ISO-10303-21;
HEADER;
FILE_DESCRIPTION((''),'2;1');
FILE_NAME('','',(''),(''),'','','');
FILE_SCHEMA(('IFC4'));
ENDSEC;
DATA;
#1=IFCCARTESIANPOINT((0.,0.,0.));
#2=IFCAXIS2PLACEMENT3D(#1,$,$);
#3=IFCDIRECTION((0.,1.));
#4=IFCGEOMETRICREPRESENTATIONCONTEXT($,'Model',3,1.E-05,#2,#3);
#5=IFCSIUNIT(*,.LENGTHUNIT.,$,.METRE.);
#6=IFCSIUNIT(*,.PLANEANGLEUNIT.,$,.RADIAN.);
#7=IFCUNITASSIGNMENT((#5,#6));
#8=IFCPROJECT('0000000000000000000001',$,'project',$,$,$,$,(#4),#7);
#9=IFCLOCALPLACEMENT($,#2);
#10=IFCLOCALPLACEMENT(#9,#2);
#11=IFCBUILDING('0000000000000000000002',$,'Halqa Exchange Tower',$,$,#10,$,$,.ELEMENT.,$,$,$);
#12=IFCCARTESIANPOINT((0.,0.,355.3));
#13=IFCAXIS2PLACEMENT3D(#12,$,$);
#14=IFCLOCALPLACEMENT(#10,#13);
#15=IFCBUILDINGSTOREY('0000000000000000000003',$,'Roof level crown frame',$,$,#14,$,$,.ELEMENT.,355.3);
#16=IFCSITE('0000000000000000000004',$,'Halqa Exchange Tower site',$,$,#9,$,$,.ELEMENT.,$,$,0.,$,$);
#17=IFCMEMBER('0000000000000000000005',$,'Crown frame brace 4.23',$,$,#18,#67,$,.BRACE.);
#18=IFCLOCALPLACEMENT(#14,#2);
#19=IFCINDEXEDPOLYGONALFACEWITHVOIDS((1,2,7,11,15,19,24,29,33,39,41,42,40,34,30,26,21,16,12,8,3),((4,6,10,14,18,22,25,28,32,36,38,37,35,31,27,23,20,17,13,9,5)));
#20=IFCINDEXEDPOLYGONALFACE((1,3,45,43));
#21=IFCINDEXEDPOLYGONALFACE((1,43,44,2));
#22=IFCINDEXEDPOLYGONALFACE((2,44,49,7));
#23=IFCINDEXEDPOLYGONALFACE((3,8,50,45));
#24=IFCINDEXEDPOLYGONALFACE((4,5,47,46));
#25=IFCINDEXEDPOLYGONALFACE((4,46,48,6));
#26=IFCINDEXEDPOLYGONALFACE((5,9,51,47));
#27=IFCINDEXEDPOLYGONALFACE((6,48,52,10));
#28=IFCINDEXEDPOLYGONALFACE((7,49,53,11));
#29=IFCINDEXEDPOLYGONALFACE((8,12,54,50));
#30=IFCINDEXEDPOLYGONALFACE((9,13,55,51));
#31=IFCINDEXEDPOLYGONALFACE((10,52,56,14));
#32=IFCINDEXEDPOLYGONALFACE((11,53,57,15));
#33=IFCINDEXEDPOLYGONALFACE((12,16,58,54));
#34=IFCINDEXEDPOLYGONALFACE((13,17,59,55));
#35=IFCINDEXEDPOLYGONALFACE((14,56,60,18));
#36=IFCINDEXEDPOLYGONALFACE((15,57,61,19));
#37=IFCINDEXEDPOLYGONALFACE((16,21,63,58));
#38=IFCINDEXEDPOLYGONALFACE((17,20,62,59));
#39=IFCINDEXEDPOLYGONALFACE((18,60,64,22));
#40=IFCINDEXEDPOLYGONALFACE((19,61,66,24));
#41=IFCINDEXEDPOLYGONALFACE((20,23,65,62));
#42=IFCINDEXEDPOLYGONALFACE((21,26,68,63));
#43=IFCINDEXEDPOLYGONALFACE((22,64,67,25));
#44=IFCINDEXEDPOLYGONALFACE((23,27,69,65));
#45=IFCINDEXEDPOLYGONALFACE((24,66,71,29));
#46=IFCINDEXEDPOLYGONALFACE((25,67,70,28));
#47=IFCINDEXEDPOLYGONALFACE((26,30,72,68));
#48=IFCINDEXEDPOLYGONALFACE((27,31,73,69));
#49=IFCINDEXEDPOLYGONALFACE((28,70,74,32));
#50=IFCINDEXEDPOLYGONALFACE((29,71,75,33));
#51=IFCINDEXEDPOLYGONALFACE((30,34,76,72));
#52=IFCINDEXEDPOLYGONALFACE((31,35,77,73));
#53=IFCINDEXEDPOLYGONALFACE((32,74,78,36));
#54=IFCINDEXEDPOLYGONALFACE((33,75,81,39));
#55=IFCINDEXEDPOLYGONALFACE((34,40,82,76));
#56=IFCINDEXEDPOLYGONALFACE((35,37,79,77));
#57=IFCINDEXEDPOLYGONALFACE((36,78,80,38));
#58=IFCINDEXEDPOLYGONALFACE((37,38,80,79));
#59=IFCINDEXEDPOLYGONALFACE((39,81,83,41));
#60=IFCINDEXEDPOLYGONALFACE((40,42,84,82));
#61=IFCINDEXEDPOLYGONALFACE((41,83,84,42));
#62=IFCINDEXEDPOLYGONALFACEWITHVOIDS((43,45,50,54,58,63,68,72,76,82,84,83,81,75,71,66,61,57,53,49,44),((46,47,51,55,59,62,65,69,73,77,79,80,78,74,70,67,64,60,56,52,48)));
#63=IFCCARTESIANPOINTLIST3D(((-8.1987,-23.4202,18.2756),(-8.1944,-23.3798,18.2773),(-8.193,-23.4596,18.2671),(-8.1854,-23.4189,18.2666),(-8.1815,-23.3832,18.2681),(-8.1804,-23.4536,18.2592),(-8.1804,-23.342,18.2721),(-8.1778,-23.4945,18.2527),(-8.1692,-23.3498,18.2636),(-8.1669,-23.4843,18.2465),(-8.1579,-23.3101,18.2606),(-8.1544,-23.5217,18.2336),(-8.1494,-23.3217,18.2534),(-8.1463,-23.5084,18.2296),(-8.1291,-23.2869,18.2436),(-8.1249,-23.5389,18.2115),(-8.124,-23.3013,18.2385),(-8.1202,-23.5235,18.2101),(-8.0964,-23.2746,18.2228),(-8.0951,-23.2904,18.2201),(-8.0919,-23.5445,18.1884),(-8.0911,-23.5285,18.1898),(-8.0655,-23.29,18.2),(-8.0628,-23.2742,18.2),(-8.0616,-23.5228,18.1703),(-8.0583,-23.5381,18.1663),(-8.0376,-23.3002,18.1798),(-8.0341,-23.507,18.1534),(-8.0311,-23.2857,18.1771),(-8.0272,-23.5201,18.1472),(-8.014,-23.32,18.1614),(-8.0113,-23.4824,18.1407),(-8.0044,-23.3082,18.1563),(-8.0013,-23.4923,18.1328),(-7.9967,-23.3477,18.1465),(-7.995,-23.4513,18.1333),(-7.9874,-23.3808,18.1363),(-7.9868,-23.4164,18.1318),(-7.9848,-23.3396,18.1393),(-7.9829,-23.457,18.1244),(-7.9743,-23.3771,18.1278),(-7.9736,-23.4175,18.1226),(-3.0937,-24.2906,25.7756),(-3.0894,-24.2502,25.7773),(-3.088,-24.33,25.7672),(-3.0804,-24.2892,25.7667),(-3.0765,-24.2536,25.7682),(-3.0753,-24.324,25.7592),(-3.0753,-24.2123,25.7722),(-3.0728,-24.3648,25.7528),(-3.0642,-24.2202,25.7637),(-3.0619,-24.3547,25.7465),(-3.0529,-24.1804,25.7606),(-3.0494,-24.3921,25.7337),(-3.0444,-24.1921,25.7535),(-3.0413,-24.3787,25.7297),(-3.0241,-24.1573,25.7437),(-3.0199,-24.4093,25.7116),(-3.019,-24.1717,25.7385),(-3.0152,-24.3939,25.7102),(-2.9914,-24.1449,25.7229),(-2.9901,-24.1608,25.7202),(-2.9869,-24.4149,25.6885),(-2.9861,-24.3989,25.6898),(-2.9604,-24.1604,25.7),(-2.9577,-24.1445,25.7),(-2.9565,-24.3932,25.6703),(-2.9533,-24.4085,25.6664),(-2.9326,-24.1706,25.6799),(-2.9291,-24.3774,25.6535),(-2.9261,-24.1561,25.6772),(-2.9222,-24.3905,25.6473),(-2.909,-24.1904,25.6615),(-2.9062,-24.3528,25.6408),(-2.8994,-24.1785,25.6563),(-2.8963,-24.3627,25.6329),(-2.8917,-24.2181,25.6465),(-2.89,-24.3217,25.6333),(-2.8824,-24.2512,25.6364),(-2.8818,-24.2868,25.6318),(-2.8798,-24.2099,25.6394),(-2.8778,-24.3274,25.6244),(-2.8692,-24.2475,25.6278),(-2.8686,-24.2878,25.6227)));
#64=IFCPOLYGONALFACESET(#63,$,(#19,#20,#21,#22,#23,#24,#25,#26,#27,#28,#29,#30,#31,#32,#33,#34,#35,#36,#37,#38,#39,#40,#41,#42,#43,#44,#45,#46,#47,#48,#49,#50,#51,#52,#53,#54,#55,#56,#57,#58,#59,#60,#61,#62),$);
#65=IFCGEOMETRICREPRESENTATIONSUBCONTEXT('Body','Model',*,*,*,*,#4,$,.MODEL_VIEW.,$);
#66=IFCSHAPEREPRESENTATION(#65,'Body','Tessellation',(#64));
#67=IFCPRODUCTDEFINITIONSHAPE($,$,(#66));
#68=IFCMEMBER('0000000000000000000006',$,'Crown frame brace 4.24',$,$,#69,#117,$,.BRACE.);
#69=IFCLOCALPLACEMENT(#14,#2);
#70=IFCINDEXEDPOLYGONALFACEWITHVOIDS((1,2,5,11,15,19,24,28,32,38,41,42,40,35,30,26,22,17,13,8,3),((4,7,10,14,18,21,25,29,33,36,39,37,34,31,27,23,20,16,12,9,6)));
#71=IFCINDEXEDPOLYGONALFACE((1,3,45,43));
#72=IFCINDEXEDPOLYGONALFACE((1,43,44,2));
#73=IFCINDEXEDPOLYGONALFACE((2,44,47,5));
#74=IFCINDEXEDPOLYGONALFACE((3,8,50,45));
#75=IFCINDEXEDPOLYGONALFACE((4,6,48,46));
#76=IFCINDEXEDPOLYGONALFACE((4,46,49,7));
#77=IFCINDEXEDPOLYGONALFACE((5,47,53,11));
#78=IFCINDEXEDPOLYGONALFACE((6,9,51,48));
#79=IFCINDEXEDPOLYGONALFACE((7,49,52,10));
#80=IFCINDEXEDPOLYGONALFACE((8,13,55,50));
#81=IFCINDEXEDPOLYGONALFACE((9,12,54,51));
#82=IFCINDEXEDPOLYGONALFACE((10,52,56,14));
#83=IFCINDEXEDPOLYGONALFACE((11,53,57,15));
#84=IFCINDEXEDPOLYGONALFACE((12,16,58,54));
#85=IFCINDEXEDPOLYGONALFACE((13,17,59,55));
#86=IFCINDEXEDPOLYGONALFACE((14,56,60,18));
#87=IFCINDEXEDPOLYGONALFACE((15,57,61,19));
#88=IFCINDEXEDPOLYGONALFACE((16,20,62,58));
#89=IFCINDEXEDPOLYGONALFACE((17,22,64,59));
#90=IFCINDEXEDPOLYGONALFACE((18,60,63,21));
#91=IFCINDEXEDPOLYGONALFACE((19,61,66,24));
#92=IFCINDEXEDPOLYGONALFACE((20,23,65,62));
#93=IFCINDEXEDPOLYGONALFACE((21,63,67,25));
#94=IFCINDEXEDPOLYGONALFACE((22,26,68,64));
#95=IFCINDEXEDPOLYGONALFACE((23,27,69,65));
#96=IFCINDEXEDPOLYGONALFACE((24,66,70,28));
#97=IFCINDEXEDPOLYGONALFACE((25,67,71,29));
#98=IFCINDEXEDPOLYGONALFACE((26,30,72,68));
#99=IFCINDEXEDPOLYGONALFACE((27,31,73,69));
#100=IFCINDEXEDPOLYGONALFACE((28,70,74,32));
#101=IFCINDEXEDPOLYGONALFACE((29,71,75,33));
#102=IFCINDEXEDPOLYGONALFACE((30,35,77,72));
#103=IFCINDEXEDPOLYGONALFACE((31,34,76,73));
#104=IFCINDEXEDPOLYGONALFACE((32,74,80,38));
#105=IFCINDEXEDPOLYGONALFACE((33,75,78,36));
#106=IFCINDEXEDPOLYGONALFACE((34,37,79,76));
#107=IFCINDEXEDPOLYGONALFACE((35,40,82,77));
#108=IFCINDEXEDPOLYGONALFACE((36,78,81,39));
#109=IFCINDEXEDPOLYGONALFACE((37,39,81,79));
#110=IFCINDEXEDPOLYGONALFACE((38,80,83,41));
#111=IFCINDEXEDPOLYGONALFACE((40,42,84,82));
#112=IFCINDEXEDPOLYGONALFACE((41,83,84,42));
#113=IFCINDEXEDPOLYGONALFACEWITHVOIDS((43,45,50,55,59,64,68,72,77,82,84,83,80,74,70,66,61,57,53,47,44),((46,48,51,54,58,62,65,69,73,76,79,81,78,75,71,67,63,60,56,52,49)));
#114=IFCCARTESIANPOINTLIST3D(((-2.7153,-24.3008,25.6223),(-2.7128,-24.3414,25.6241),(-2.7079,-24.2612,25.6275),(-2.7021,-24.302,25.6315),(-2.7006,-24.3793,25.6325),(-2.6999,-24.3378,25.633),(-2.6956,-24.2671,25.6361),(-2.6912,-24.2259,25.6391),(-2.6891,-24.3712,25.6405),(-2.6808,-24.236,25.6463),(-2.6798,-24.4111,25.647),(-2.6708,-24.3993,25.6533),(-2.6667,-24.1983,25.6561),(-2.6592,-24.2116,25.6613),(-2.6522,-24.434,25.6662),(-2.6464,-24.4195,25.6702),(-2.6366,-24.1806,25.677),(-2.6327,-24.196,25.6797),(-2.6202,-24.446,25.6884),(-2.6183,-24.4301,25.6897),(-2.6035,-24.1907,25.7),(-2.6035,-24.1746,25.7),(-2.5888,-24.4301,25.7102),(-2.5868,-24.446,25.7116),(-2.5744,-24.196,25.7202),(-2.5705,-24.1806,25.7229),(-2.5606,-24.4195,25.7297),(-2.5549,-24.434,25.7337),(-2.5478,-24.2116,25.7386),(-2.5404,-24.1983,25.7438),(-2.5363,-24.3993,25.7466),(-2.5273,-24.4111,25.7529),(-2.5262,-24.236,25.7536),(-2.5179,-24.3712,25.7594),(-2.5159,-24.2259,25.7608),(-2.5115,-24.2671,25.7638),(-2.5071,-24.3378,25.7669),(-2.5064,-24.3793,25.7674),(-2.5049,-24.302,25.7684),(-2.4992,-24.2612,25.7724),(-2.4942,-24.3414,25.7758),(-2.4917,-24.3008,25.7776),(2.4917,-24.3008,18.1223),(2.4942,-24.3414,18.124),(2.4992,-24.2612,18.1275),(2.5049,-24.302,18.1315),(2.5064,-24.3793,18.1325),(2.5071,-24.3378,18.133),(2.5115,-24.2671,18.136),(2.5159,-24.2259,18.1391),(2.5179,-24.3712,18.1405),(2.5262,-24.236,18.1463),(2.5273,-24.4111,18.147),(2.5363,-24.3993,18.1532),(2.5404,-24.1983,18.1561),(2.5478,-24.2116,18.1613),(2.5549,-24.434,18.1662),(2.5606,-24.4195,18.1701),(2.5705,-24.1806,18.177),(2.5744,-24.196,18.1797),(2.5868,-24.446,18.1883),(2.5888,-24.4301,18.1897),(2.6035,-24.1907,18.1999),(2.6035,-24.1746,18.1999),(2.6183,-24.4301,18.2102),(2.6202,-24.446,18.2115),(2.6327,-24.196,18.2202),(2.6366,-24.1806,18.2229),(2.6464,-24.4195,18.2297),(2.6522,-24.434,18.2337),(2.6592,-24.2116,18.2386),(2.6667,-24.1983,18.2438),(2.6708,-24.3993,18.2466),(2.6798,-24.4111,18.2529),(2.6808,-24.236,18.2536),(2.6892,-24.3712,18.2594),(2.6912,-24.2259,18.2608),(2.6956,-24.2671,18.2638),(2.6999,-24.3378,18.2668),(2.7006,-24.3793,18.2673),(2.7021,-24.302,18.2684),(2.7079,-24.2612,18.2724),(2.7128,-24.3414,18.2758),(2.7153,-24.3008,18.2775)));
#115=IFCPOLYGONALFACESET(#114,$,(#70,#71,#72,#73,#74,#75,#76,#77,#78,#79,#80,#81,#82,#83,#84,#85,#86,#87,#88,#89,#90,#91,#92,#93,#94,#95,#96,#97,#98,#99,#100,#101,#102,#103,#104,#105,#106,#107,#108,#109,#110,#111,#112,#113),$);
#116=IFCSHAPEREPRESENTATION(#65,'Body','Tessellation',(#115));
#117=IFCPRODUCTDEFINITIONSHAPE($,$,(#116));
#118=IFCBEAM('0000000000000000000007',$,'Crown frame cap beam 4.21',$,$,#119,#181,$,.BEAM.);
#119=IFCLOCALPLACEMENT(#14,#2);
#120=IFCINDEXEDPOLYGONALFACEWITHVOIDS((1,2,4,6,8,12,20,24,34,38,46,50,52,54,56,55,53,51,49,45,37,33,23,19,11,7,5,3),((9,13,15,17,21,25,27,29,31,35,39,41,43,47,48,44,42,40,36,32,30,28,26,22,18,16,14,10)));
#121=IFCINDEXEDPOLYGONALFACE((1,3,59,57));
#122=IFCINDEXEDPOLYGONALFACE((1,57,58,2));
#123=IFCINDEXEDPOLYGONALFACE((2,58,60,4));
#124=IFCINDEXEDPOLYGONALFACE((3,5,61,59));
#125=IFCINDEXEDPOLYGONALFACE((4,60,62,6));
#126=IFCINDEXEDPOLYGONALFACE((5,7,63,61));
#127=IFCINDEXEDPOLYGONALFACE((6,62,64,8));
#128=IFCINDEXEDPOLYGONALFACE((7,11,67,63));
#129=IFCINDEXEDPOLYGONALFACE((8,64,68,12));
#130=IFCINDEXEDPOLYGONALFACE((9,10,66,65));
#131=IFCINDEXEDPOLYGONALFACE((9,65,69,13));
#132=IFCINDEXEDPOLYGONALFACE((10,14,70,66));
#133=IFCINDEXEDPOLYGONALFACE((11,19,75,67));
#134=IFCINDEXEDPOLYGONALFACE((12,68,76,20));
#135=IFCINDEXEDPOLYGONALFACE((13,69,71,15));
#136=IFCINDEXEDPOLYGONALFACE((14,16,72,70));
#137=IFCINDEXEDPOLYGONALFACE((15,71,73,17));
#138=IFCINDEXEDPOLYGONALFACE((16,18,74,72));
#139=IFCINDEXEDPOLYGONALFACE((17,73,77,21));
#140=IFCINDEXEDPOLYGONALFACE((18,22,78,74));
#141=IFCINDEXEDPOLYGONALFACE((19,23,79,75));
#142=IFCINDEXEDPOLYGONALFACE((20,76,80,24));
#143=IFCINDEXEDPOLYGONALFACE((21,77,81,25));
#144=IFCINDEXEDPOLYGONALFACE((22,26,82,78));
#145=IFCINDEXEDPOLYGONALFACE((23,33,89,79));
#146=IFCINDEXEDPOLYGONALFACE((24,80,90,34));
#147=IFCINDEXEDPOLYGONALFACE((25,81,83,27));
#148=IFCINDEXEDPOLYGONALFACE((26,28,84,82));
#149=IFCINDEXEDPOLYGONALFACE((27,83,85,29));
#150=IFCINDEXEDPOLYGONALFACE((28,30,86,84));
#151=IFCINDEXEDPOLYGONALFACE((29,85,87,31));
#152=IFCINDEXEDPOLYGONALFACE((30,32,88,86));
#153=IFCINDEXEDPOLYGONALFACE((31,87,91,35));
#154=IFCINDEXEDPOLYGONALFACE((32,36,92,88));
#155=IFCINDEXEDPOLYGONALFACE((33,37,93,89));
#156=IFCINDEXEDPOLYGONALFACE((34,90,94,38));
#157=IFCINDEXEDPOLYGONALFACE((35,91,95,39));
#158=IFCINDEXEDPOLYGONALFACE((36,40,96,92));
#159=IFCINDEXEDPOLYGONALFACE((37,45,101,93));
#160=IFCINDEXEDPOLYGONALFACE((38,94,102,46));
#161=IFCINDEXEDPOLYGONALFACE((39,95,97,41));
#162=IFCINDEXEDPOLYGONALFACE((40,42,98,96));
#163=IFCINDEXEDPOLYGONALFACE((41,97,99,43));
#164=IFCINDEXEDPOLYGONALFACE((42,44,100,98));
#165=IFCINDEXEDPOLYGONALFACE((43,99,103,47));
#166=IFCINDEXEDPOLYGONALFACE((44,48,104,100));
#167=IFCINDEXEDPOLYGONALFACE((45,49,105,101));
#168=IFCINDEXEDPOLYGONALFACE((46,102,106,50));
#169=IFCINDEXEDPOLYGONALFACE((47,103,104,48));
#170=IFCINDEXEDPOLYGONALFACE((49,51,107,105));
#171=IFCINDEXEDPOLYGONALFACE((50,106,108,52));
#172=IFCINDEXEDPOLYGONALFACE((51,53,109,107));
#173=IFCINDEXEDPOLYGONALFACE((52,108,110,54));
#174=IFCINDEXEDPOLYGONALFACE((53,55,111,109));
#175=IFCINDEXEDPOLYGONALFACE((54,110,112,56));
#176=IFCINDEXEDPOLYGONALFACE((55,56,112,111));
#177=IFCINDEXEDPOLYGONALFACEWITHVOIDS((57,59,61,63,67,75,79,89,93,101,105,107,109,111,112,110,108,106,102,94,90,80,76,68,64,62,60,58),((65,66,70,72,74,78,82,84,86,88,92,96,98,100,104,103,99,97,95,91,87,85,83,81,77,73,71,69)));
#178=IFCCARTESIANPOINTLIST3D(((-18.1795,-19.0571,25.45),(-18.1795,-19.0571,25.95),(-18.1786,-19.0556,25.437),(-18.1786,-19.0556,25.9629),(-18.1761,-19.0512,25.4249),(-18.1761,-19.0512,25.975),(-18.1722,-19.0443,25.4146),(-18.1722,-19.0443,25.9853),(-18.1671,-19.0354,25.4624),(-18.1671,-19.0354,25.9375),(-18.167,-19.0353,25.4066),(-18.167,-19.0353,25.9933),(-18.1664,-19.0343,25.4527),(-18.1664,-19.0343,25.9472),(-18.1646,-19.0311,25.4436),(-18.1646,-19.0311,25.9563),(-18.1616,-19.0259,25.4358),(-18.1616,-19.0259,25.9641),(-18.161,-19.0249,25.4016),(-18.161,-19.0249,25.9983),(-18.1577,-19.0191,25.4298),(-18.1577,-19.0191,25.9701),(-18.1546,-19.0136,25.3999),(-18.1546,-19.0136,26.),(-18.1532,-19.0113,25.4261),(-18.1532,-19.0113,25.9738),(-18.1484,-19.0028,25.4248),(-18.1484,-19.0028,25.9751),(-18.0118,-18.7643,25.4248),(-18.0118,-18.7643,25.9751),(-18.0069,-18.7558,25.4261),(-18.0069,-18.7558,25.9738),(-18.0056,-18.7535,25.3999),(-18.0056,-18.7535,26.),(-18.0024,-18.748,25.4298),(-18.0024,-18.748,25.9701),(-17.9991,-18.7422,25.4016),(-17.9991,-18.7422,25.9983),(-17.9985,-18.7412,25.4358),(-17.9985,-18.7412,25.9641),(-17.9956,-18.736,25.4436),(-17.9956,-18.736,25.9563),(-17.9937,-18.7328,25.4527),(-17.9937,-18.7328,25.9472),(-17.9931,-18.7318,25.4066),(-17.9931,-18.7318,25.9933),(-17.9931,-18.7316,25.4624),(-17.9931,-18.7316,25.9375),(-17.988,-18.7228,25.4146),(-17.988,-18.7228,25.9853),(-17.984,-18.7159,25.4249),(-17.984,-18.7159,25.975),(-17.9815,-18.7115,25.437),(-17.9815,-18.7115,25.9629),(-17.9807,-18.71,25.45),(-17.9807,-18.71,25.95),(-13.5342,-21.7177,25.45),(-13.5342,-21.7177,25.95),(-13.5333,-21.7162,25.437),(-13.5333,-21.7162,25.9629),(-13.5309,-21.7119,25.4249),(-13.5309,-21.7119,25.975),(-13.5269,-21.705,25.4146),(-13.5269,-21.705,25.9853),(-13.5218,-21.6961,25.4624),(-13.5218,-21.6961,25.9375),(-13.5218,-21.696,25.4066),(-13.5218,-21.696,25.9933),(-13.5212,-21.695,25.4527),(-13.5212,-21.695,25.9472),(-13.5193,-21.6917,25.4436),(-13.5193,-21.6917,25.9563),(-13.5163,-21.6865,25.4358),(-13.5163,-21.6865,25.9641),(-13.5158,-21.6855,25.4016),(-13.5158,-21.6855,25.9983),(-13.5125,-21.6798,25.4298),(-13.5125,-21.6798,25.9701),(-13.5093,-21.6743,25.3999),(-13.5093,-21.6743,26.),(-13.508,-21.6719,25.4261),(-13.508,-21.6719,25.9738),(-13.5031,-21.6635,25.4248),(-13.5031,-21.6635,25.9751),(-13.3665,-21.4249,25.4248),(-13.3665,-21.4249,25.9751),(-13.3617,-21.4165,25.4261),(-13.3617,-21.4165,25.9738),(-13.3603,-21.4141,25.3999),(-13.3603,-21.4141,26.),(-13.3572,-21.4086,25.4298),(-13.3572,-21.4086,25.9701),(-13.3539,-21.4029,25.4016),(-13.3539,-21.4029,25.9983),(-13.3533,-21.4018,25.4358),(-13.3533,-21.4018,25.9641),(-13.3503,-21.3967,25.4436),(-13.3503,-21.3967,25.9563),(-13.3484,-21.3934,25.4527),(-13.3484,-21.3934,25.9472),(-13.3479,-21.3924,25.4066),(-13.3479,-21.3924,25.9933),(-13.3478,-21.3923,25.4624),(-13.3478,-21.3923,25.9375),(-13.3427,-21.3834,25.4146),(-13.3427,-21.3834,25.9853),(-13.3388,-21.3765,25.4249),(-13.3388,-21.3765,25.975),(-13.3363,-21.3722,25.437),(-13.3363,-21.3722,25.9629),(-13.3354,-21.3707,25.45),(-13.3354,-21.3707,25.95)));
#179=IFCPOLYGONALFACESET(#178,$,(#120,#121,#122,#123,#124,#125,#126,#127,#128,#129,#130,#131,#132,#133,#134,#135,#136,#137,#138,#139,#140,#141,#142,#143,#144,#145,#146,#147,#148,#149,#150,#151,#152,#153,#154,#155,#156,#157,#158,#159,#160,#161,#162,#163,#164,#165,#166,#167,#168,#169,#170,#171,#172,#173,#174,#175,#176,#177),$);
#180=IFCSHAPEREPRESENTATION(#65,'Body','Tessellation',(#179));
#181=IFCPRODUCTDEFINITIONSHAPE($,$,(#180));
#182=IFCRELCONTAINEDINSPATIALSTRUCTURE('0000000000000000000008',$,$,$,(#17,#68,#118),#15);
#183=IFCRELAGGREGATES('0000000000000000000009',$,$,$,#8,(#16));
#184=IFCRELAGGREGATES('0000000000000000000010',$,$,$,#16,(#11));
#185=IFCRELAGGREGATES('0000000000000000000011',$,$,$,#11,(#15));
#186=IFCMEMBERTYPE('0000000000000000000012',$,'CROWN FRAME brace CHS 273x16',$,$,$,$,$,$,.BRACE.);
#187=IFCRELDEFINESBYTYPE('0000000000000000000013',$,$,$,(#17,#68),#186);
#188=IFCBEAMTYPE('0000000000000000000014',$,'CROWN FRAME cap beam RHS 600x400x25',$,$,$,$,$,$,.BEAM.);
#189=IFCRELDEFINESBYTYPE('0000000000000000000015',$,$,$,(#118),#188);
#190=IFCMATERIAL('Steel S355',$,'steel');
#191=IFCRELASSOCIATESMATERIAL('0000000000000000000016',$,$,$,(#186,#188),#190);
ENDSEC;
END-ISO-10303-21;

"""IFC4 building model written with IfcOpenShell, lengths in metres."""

from ifc_helpers import new_model, si_unit, direction, frame, origin, origin_2d, place, context, subcontext, project, spatial, hollow_rectangle, hollow_circle, extrude, material, material_profile, profile_set, type_object, element, save


model = new_model("IFC4")

# Units and contexts
model_context = context("Model", 3, precision=1e-05, world=origin(), true_north=direction((0.0, 1.0)))
body_context = subcontext(model_context, "Body", "Model", "MODEL_VIEW")
ifc_project = project(units=[si_unit("LENGTHUNIT", "METRE"), si_unit("PLANEANGLEUNIT", "RADIAN")], contexts=[model_context])

# Site, building, storey
site_placement = place(None, origin())
site = spatial("IfcSite", under=ifc_project, at=site_placement, Name="Halqa Exchange Tower site", CompositionType="ELEMENT", RefElevation=0.0)
building_placement = place(site_placement, origin())
building = spatial("IfcBuilding", under=site, at=building_placement, Name="Halqa Exchange Tower", CompositionType="ELEMENT")
storey_placement = place(building_placement, frame((0.0, 0.0, 355.3)))
storey = spatial("IfcBuildingStorey", under=building, at=storey_placement, Name="Roof level crown frame", CompositionType="ELEMENT", Elevation=355.3)

# Members
ifc_material_1 = material(Name="Steel S355", Category="steel")
ifc_material_profile_1 = material_profile(ifc_material_1, hollow_circle(Radius=0.1365, WallThickness=0.0161, at=origin_2d()), Name="CHS 273x16")
ifc_profile_set_1 = profile_set([ifc_material_profile_1], Name="Steel S355")
member_type = type_object("IfcMemberType", Name="CROWN FRAME brace CHS 273x16", PredefinedType="BRACE", material=ifc_profile_set_1)
member_1_placement = place(storey_placement, frame((-8.0857, -23.4087, 18.2), z_axis=(0.560114, -0.095495, 0.822893), x_axis=(0.168067, 0.985776, 0.0)))
element("IfcMember", 1, at=member_1_placement, inside=storey, type_object=member_type, Name="Crown frame brace 4.23", PredefinedType="BRACE", context=body_context, shape_type="SweptSolid", body=[
    extrude(hollow_circle(Radius=0.1365, WallThickness=0.0161, at=origin_2d()), origin(), (0.0, 0.0, 1.0), 9.1143),
])
member_2_placement = place(storey_placement, frame((-2.6035, -24.311, 25.7), z_axis=(0.5703, 0.0, -0.821437), x_axis=(0.0, 1.0, 0.0)))
element("IfcMember", 2, at=member_2_placement, inside=storey, type_object=member_type, Name="Crown frame brace 4.24", PredefinedType="BRACE", context=body_context, shape_type="SweptSolid", body=[
    extrude(hollow_circle(Radius=0.1365, WallThickness=0.0161, at=origin_2d()), origin(), (0.0, 0.0, 1.0), 9.1304),
])

# Beam
ifc_material_profile_2 = material_profile(ifc_material_1, hollow_rectangle(XDim=0.3999, YDim=0.6001, WallThickness=0.0249, InnerFilletRadius=0.0376, OuterFilletRadius=0.05, at=origin_2d()), Name="RHS 600x400x25")
ifc_profile_set_2 = profile_set([ifc_material_profile_2], Name="Steel S355")
beam_type_1 = type_object("IfcBeamType", Name="CROWN FRAME cap beam RHS 600x400x25", PredefinedType="BEAM", material=ifc_profile_set_2)
beam_1_placement = place(storey_placement, frame((-18.0801, -18.8835, 25.7), z_axis=(0.867743, -0.497013, 0.0), x_axis=(0.497013, 0.867743, 0.0)))
element("IfcBeam", 3, at=beam_1_placement, inside=storey, type_object=beam_type_1, Name="Crown frame cap beam 4.21", PredefinedType="BEAM", context=body_context, shape_type="SweptSolid", body=[
    extrude(hollow_rectangle(XDim=0.3999, YDim=0.6001, WallThickness=0.0249, InnerFilletRadius=0.0376, OuterFilletRadius=0.05, at=origin_2d()), origin(), (0.0, 0.0, 1.0), 5.3533),
])

save(model, "model.ifc")
